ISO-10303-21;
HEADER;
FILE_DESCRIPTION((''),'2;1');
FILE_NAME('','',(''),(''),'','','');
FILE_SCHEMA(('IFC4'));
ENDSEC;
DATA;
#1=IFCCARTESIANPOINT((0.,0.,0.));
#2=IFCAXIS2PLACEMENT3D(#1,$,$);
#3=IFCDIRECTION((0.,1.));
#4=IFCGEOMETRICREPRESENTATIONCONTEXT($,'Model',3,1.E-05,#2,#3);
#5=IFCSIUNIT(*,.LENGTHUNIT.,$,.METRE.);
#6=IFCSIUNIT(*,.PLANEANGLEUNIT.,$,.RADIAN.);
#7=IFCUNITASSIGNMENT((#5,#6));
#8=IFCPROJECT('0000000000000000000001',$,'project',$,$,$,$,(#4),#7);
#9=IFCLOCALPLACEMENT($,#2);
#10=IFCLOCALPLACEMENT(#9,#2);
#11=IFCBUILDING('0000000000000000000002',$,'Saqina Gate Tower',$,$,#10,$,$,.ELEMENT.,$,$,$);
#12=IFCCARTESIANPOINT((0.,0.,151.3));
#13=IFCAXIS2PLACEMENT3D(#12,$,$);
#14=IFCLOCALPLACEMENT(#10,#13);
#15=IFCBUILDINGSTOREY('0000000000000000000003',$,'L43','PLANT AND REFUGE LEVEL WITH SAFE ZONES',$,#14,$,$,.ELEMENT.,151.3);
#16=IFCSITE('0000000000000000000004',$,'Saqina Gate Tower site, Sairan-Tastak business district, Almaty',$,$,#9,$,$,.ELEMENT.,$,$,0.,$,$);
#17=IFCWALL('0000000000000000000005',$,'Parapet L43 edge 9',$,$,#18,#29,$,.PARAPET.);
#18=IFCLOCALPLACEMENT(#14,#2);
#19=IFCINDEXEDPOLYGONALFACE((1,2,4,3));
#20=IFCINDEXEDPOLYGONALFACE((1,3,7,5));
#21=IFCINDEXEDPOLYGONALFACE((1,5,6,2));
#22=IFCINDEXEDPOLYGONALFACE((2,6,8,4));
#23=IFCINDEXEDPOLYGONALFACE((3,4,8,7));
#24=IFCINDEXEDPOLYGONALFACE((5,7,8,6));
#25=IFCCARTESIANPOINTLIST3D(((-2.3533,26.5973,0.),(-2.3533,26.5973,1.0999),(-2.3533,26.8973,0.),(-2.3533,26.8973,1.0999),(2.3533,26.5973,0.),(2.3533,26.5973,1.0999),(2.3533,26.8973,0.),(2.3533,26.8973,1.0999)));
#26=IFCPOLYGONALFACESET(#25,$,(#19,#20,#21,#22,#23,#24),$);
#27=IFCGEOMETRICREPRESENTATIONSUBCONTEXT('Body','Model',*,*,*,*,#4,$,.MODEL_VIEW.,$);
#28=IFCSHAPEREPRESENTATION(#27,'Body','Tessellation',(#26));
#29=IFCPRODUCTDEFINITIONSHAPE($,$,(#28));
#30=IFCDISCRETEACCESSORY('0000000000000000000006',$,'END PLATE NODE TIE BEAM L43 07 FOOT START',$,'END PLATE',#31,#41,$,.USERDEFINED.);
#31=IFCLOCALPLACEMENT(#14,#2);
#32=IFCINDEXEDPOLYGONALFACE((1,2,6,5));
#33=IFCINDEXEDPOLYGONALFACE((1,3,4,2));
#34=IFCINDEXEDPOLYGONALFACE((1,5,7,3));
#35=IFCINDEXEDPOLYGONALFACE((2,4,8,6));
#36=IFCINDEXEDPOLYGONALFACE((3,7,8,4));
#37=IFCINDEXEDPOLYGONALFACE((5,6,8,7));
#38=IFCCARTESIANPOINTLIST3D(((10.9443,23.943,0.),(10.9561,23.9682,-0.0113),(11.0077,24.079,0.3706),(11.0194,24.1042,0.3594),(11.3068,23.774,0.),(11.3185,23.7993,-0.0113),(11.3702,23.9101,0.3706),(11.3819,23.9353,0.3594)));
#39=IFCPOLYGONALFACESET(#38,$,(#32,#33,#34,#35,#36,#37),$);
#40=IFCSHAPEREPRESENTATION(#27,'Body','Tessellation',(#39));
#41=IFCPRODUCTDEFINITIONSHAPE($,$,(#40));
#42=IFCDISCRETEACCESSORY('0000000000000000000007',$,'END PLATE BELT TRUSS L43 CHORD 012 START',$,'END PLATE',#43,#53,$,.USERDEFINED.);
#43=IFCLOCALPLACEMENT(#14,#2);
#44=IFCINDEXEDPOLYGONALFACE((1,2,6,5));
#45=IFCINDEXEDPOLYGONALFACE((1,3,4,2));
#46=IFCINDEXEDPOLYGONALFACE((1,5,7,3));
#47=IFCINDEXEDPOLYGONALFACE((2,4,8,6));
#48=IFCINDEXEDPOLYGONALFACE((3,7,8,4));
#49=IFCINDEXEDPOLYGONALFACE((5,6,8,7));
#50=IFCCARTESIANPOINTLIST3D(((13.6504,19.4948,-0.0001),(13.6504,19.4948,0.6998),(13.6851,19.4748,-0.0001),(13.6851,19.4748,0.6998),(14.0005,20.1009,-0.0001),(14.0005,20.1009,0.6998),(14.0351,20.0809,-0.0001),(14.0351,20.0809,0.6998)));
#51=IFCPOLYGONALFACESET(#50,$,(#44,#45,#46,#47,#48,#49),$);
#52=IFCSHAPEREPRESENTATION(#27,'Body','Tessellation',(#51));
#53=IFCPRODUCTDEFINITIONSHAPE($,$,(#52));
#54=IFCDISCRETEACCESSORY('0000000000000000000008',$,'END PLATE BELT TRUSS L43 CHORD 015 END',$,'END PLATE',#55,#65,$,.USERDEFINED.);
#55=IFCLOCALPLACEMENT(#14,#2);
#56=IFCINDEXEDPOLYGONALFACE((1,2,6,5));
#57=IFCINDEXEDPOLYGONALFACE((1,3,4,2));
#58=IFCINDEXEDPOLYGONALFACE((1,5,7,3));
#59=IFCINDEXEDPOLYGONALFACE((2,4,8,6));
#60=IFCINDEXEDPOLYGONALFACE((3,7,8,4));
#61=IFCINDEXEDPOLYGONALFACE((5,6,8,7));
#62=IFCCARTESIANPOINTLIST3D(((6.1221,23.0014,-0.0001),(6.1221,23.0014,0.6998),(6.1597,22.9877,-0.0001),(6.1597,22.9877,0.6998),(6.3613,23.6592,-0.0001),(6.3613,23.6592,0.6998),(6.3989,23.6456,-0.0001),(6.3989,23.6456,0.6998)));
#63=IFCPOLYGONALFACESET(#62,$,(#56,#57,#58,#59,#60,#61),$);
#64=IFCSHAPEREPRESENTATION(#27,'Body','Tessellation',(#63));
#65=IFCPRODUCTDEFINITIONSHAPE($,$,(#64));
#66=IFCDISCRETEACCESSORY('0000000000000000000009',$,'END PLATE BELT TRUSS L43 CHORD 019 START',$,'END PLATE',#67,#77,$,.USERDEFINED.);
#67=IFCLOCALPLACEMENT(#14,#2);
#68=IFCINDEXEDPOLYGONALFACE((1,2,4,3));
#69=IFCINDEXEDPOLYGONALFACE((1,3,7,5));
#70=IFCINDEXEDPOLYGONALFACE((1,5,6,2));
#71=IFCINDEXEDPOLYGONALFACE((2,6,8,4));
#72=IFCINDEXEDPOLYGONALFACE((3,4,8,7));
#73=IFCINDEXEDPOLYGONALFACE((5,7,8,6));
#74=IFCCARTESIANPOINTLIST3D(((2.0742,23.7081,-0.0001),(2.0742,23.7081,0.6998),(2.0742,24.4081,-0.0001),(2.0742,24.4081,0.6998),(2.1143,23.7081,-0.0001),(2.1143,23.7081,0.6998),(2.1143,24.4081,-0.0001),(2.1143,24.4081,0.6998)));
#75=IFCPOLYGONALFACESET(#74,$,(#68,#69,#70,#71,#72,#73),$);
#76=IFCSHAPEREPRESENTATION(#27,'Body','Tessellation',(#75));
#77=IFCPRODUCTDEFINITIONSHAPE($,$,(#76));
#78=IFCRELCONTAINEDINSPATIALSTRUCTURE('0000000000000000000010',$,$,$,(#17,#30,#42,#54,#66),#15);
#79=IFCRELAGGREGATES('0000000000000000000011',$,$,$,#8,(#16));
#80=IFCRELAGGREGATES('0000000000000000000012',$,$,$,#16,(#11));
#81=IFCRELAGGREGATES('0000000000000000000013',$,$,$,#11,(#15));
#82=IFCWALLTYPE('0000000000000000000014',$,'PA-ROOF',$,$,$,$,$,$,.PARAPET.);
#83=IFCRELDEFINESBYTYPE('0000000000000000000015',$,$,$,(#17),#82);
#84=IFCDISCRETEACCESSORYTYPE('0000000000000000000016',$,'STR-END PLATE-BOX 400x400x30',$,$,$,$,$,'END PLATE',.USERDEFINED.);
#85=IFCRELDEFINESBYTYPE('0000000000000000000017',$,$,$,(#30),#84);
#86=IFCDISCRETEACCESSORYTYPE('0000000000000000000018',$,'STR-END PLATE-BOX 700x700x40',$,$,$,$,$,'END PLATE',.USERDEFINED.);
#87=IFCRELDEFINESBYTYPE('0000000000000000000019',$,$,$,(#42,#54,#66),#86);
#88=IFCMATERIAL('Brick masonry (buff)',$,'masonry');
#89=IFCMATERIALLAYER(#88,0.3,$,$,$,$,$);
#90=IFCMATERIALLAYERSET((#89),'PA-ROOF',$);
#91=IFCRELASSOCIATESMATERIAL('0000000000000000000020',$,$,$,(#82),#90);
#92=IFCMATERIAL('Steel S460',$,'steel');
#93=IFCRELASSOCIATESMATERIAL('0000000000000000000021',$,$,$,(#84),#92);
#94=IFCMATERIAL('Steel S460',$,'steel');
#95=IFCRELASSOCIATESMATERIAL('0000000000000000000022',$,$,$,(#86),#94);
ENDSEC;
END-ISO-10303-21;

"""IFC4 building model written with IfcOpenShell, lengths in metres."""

from ifc_helpers import new_model, si_unit, direction, frame, frame_2d, origin, origin_2d, place, context, subcontext, project, spatial, rectangle, extrude, material, layer, layer_set, material_profile, profile_set, type_object, element, save


model = new_model("IFC4")

# Units and contexts
model_context = context("Model", 3, precision=1e-05, world=origin(), true_north=direction((0.0, 1.0)))
body_context = subcontext(model_context, "Body", "Model", "MODEL_VIEW")
ifc_project = project(units=[si_unit("LENGTHUNIT", "METRE"), si_unit("PLANEANGLEUNIT", "RADIAN")], contexts=[model_context])

# Site, building, storey
site_placement = place(None, origin())
site = spatial("IfcSite", under=ifc_project, at=site_placement, Name="Saqina Gate Tower site, Sairan-Tastak business district, Almaty", CompositionType="ELEMENT", RefElevation=0.0)
building_placement = place(site_placement, origin())
building = spatial("IfcBuilding", under=site, at=building_placement, Name="Saqina Gate Tower", CompositionType="ELEMENT")
storey_placement = place(building_placement, frame((0.0, 0.0, 151.3)))
storey = spatial("IfcBuildingStorey", under=building, at=storey_placement, Name="L43", Description="PLANT AND REFUGE LEVEL WITH SAFE ZONES", CompositionType="ELEMENT", Elevation=151.3)

# Wall
ifc_material_1 = material(Name="Brick masonry (buff)", Category="masonry")
ifc_layer_1 = layer(ifc_material_1, 0.3)
ifc_layer_set_1 = layer_set([ifc_layer_1], Name="PA-ROOF")
wall_type_1 = type_object("IfcWallType", Name="PA-ROOF", PredefinedType="PARAPET", material=ifc_layer_set_1)
for number, where, z_axis, x_axis, name in (
    (1, (2.3533, 26.7473, 0.0), (0.0, 0.0, 1.0), (-1.0, 0.0, 0.0), "Parapet L43 edge 9"),
):
    element("IfcWall", number, at=place(storey_placement, frame(where, z_axis=z_axis, x_axis=x_axis)), inside=storey, type_object=wall_type_1, Name=name, PredefinedType="PARAPET", context=body_context, shape_type="SweptSolid", body=[
        extrude(rectangle(XDim=4.7065, YDim=0.3, at=frame_2d((2.3533, 0.0))), origin(), (0.0, 0.0, 1.0), 1.0999),
    ])

# Discrete accessories
ifc_material_2 = material(Name="Steel S460", Category="steel")
ifc_material_profile_1 = material_profile(ifc_material_2, rectangle(XDim=0.3999, YDim=0.3999, at=origin_2d()), Name="STR-END PLATE-BOX 400x400x30")
ifc_profile_set_1 = profile_set([ifc_material_profile_1], Name="Steel S460")
discrete_accessory_type_1 = type_object("IfcDiscreteAccessoryType", Name="STR-END PLATE-BOX 400x400x30", ElementType="END PLATE", PredefinedType="USERDEFINED", material=ifc_profile_set_1)
discrete_accessory_placement = place(storey_placement, frame((11.1572, 23.9265, 0.1853), z_axis=(0.39154, 0.84018, -0.375226), x_axis=(0.906408, -0.422404, -0.000001)))
element("IfcDiscreteAccessory", 2, at=discrete_accessory_placement, inside=storey, type_object=discrete_accessory_type_1, Name="END PLATE NODE TIE BEAM L43 07 FOOT START", ObjectType="END PLATE", PredefinedType="USERDEFINED", context=body_context, shape_type="SweptSolid", body=[
    extrude(rectangle(XDim=0.3999, YDim=0.3999, at=origin_2d()), origin(), (0.0, 0.0, 1.0), 0.03),
])
ifc_material_3 = material(Name="Steel S460", Category="steel")
ifc_material_profile_2 = material_profile(ifc_material_3, rectangle(XDim=0.7, YDim=0.7, at=origin_2d()), Name="STR-END PLATE-BOX 700x700x40")
ifc_profile_set_2 = profile_set([ifc_material_profile_2], Name="Steel S460")
discrete_accessory_type_2 = type_object("IfcDiscreteAccessoryType", Name="STR-END PLATE-BOX 700x700x40", ElementType="END PLATE", PredefinedType="USERDEFINED", material=ifc_profile_set_2)
for number, where, z_axis, x_axis, name in (
    (3, (13.8254, 19.7979, 0.3499), (0.865982, -0.500074, 0.0), (-0.500074, -0.865982, 0.0), "END PLATE BELT TRUSS L43 CHORD 012 START"),
    (4, (6.2793, 23.3167, 0.3499), (-0.939793, 0.341743, 0.0), (-0.341743, -0.939793, 0.0), "END PLATE BELT TRUSS L43 CHORD 015 END"),
    (5, (2.0742, 24.0581, 0.3499), (1.0, 0.0, 0.0), (0.0, -1.0, 0.0), "END PLATE BELT TRUSS L43 CHORD 019 START"),
):
    element("IfcDiscreteAccessory", number, at=place(storey_placement, frame(where, z_axis=z_axis, x_axis=x_axis)), inside=storey, type_object=discrete_accessory_type_2, Name=name, ObjectType="END PLATE", PredefinedType="USERDEFINED", context=body_context, shape_type="SweptSolid", body=[
        extrude(rectangle(XDim=0.7, YDim=0.7, at=origin_2d()), origin(), (0.0, 0.0, 1.0), 0.04),
    ])

save(model, "model.ifc")
